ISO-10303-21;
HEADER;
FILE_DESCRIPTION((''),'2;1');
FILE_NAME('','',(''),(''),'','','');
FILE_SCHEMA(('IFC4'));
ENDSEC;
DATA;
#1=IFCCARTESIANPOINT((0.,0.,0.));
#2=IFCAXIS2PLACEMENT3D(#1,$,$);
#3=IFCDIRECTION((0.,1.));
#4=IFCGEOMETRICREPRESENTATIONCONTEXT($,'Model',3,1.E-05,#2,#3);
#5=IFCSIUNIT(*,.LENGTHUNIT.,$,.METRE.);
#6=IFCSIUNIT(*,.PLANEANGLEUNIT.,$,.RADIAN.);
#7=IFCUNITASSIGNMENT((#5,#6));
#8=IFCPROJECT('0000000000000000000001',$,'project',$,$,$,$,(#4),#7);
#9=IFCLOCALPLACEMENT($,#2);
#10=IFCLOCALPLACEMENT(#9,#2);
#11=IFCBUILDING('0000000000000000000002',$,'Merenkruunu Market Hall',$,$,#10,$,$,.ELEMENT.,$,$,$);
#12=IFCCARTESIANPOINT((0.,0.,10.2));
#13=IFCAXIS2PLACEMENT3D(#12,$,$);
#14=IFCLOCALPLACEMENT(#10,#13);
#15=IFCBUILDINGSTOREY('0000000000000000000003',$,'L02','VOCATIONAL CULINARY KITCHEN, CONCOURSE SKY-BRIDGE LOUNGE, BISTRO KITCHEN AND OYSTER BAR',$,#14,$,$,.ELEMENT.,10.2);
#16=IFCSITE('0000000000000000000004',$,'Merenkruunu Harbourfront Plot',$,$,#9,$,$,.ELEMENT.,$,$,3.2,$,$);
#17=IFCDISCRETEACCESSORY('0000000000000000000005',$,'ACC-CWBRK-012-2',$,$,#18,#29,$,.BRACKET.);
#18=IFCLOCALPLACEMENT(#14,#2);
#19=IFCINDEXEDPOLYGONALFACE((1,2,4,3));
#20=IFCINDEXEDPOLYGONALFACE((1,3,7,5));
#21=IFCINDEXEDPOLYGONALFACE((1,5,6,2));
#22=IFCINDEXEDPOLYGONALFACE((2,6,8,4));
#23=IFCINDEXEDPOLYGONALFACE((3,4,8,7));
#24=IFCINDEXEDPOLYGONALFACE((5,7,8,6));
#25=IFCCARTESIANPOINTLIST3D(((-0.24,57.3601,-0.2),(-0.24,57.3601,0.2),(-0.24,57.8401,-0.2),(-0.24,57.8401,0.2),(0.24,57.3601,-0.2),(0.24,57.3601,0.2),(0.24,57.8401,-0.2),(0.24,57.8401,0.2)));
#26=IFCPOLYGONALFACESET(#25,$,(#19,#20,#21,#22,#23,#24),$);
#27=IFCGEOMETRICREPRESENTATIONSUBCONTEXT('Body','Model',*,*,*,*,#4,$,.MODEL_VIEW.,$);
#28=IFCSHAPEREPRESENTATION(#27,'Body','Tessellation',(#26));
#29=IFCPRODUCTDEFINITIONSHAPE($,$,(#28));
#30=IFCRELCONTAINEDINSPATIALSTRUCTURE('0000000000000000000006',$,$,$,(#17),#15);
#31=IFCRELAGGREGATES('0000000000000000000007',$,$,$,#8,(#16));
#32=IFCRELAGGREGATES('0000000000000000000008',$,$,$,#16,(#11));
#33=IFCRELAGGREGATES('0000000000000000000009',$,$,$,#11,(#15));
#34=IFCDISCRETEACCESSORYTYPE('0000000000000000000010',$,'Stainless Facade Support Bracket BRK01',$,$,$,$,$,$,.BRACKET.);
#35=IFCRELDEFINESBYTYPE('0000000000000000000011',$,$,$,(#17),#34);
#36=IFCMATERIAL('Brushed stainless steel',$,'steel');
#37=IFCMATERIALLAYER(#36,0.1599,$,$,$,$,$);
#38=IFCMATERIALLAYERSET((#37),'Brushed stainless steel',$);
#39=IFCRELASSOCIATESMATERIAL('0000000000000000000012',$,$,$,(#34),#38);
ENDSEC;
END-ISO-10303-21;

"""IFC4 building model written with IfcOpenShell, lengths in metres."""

from ifc_helpers import new_model, si_unit, direction, frame, origin, origin_2d, place, context, subcontext, project, spatial, rectangle, extrude, material, layer, layer_set, type_object, element, save


model = new_model("IFC4")

# Units and contexts
model_context = context("Model", 3, precision=1e-05, world=origin(), true_north=direction((0.0, 1.0)))
body_context = subcontext(model_context, "Body", "Model", "MODEL_VIEW")
ifc_project = project(units=[si_unit("LENGTHUNIT", "METRE"), si_unit("PLANEANGLEUNIT", "RADIAN")], contexts=[model_context])

# Site, building, storey
site_placement = place(None, origin())
site = spatial("IfcSite", under=ifc_project, at=site_placement, Name="Merenkruunu Harbourfront Plot", CompositionType="ELEMENT", RefElevation=3.2)
building_placement = place(site_placement, origin())
building = spatial("IfcBuilding", under=site, at=building_placement, Name="Merenkruunu Market Hall", CompositionType="ELEMENT")
storey_placement = place(building_placement, frame((0.0, 0.0, 10.2)))
storey = spatial("IfcBuildingStorey", under=building, at=storey_placement, Name="L02", Description="VOCATIONAL CULINARY KITCHEN, CONCOURSE SKY-BRIDGE LOUNGE, BISTRO KITCHEN AND OYSTER BAR", CompositionType="ELEMENT", Elevation=10.2)

# Discrete accessory
ifc_material_1 = material(Name="Brushed stainless steel", Category="steel")
ifc_layer_1 = layer(ifc_material_1, 0.1599)
ifc_layer_set_1 = layer_set([ifc_layer_1], Name="Brushed stainless steel")
discrete_accessory_type = type_object("IfcDiscreteAccessoryType", Name="Stainless Facade Support Bracket BRK01", PredefinedType="BRACKET", material=ifc_layer_set_1)
for number, where, z_axis, x_axis, name in (
    (1, (0.0, 57.6001, -0.2), (0.0, 0.0, 1.0), (1.0, 0.0, 0.0), "ACC-CWBRK-012-2"),
):
    element("IfcDiscreteAccessory", number, at=place(storey_placement, frame(where, z_axis=z_axis, x_axis=x_axis)), inside=storey, type_object=discrete_accessory_type, Name=name, PredefinedType="BRACKET", context=body_context, shape_type="SweptSolid", body=[
        extrude(rectangle(XDim=0.48, YDim=0.48, at=origin_2d()), origin(), (0.0, 0.0, 1.0), 0.3999),
    ])

save(model, "model.ifc")
